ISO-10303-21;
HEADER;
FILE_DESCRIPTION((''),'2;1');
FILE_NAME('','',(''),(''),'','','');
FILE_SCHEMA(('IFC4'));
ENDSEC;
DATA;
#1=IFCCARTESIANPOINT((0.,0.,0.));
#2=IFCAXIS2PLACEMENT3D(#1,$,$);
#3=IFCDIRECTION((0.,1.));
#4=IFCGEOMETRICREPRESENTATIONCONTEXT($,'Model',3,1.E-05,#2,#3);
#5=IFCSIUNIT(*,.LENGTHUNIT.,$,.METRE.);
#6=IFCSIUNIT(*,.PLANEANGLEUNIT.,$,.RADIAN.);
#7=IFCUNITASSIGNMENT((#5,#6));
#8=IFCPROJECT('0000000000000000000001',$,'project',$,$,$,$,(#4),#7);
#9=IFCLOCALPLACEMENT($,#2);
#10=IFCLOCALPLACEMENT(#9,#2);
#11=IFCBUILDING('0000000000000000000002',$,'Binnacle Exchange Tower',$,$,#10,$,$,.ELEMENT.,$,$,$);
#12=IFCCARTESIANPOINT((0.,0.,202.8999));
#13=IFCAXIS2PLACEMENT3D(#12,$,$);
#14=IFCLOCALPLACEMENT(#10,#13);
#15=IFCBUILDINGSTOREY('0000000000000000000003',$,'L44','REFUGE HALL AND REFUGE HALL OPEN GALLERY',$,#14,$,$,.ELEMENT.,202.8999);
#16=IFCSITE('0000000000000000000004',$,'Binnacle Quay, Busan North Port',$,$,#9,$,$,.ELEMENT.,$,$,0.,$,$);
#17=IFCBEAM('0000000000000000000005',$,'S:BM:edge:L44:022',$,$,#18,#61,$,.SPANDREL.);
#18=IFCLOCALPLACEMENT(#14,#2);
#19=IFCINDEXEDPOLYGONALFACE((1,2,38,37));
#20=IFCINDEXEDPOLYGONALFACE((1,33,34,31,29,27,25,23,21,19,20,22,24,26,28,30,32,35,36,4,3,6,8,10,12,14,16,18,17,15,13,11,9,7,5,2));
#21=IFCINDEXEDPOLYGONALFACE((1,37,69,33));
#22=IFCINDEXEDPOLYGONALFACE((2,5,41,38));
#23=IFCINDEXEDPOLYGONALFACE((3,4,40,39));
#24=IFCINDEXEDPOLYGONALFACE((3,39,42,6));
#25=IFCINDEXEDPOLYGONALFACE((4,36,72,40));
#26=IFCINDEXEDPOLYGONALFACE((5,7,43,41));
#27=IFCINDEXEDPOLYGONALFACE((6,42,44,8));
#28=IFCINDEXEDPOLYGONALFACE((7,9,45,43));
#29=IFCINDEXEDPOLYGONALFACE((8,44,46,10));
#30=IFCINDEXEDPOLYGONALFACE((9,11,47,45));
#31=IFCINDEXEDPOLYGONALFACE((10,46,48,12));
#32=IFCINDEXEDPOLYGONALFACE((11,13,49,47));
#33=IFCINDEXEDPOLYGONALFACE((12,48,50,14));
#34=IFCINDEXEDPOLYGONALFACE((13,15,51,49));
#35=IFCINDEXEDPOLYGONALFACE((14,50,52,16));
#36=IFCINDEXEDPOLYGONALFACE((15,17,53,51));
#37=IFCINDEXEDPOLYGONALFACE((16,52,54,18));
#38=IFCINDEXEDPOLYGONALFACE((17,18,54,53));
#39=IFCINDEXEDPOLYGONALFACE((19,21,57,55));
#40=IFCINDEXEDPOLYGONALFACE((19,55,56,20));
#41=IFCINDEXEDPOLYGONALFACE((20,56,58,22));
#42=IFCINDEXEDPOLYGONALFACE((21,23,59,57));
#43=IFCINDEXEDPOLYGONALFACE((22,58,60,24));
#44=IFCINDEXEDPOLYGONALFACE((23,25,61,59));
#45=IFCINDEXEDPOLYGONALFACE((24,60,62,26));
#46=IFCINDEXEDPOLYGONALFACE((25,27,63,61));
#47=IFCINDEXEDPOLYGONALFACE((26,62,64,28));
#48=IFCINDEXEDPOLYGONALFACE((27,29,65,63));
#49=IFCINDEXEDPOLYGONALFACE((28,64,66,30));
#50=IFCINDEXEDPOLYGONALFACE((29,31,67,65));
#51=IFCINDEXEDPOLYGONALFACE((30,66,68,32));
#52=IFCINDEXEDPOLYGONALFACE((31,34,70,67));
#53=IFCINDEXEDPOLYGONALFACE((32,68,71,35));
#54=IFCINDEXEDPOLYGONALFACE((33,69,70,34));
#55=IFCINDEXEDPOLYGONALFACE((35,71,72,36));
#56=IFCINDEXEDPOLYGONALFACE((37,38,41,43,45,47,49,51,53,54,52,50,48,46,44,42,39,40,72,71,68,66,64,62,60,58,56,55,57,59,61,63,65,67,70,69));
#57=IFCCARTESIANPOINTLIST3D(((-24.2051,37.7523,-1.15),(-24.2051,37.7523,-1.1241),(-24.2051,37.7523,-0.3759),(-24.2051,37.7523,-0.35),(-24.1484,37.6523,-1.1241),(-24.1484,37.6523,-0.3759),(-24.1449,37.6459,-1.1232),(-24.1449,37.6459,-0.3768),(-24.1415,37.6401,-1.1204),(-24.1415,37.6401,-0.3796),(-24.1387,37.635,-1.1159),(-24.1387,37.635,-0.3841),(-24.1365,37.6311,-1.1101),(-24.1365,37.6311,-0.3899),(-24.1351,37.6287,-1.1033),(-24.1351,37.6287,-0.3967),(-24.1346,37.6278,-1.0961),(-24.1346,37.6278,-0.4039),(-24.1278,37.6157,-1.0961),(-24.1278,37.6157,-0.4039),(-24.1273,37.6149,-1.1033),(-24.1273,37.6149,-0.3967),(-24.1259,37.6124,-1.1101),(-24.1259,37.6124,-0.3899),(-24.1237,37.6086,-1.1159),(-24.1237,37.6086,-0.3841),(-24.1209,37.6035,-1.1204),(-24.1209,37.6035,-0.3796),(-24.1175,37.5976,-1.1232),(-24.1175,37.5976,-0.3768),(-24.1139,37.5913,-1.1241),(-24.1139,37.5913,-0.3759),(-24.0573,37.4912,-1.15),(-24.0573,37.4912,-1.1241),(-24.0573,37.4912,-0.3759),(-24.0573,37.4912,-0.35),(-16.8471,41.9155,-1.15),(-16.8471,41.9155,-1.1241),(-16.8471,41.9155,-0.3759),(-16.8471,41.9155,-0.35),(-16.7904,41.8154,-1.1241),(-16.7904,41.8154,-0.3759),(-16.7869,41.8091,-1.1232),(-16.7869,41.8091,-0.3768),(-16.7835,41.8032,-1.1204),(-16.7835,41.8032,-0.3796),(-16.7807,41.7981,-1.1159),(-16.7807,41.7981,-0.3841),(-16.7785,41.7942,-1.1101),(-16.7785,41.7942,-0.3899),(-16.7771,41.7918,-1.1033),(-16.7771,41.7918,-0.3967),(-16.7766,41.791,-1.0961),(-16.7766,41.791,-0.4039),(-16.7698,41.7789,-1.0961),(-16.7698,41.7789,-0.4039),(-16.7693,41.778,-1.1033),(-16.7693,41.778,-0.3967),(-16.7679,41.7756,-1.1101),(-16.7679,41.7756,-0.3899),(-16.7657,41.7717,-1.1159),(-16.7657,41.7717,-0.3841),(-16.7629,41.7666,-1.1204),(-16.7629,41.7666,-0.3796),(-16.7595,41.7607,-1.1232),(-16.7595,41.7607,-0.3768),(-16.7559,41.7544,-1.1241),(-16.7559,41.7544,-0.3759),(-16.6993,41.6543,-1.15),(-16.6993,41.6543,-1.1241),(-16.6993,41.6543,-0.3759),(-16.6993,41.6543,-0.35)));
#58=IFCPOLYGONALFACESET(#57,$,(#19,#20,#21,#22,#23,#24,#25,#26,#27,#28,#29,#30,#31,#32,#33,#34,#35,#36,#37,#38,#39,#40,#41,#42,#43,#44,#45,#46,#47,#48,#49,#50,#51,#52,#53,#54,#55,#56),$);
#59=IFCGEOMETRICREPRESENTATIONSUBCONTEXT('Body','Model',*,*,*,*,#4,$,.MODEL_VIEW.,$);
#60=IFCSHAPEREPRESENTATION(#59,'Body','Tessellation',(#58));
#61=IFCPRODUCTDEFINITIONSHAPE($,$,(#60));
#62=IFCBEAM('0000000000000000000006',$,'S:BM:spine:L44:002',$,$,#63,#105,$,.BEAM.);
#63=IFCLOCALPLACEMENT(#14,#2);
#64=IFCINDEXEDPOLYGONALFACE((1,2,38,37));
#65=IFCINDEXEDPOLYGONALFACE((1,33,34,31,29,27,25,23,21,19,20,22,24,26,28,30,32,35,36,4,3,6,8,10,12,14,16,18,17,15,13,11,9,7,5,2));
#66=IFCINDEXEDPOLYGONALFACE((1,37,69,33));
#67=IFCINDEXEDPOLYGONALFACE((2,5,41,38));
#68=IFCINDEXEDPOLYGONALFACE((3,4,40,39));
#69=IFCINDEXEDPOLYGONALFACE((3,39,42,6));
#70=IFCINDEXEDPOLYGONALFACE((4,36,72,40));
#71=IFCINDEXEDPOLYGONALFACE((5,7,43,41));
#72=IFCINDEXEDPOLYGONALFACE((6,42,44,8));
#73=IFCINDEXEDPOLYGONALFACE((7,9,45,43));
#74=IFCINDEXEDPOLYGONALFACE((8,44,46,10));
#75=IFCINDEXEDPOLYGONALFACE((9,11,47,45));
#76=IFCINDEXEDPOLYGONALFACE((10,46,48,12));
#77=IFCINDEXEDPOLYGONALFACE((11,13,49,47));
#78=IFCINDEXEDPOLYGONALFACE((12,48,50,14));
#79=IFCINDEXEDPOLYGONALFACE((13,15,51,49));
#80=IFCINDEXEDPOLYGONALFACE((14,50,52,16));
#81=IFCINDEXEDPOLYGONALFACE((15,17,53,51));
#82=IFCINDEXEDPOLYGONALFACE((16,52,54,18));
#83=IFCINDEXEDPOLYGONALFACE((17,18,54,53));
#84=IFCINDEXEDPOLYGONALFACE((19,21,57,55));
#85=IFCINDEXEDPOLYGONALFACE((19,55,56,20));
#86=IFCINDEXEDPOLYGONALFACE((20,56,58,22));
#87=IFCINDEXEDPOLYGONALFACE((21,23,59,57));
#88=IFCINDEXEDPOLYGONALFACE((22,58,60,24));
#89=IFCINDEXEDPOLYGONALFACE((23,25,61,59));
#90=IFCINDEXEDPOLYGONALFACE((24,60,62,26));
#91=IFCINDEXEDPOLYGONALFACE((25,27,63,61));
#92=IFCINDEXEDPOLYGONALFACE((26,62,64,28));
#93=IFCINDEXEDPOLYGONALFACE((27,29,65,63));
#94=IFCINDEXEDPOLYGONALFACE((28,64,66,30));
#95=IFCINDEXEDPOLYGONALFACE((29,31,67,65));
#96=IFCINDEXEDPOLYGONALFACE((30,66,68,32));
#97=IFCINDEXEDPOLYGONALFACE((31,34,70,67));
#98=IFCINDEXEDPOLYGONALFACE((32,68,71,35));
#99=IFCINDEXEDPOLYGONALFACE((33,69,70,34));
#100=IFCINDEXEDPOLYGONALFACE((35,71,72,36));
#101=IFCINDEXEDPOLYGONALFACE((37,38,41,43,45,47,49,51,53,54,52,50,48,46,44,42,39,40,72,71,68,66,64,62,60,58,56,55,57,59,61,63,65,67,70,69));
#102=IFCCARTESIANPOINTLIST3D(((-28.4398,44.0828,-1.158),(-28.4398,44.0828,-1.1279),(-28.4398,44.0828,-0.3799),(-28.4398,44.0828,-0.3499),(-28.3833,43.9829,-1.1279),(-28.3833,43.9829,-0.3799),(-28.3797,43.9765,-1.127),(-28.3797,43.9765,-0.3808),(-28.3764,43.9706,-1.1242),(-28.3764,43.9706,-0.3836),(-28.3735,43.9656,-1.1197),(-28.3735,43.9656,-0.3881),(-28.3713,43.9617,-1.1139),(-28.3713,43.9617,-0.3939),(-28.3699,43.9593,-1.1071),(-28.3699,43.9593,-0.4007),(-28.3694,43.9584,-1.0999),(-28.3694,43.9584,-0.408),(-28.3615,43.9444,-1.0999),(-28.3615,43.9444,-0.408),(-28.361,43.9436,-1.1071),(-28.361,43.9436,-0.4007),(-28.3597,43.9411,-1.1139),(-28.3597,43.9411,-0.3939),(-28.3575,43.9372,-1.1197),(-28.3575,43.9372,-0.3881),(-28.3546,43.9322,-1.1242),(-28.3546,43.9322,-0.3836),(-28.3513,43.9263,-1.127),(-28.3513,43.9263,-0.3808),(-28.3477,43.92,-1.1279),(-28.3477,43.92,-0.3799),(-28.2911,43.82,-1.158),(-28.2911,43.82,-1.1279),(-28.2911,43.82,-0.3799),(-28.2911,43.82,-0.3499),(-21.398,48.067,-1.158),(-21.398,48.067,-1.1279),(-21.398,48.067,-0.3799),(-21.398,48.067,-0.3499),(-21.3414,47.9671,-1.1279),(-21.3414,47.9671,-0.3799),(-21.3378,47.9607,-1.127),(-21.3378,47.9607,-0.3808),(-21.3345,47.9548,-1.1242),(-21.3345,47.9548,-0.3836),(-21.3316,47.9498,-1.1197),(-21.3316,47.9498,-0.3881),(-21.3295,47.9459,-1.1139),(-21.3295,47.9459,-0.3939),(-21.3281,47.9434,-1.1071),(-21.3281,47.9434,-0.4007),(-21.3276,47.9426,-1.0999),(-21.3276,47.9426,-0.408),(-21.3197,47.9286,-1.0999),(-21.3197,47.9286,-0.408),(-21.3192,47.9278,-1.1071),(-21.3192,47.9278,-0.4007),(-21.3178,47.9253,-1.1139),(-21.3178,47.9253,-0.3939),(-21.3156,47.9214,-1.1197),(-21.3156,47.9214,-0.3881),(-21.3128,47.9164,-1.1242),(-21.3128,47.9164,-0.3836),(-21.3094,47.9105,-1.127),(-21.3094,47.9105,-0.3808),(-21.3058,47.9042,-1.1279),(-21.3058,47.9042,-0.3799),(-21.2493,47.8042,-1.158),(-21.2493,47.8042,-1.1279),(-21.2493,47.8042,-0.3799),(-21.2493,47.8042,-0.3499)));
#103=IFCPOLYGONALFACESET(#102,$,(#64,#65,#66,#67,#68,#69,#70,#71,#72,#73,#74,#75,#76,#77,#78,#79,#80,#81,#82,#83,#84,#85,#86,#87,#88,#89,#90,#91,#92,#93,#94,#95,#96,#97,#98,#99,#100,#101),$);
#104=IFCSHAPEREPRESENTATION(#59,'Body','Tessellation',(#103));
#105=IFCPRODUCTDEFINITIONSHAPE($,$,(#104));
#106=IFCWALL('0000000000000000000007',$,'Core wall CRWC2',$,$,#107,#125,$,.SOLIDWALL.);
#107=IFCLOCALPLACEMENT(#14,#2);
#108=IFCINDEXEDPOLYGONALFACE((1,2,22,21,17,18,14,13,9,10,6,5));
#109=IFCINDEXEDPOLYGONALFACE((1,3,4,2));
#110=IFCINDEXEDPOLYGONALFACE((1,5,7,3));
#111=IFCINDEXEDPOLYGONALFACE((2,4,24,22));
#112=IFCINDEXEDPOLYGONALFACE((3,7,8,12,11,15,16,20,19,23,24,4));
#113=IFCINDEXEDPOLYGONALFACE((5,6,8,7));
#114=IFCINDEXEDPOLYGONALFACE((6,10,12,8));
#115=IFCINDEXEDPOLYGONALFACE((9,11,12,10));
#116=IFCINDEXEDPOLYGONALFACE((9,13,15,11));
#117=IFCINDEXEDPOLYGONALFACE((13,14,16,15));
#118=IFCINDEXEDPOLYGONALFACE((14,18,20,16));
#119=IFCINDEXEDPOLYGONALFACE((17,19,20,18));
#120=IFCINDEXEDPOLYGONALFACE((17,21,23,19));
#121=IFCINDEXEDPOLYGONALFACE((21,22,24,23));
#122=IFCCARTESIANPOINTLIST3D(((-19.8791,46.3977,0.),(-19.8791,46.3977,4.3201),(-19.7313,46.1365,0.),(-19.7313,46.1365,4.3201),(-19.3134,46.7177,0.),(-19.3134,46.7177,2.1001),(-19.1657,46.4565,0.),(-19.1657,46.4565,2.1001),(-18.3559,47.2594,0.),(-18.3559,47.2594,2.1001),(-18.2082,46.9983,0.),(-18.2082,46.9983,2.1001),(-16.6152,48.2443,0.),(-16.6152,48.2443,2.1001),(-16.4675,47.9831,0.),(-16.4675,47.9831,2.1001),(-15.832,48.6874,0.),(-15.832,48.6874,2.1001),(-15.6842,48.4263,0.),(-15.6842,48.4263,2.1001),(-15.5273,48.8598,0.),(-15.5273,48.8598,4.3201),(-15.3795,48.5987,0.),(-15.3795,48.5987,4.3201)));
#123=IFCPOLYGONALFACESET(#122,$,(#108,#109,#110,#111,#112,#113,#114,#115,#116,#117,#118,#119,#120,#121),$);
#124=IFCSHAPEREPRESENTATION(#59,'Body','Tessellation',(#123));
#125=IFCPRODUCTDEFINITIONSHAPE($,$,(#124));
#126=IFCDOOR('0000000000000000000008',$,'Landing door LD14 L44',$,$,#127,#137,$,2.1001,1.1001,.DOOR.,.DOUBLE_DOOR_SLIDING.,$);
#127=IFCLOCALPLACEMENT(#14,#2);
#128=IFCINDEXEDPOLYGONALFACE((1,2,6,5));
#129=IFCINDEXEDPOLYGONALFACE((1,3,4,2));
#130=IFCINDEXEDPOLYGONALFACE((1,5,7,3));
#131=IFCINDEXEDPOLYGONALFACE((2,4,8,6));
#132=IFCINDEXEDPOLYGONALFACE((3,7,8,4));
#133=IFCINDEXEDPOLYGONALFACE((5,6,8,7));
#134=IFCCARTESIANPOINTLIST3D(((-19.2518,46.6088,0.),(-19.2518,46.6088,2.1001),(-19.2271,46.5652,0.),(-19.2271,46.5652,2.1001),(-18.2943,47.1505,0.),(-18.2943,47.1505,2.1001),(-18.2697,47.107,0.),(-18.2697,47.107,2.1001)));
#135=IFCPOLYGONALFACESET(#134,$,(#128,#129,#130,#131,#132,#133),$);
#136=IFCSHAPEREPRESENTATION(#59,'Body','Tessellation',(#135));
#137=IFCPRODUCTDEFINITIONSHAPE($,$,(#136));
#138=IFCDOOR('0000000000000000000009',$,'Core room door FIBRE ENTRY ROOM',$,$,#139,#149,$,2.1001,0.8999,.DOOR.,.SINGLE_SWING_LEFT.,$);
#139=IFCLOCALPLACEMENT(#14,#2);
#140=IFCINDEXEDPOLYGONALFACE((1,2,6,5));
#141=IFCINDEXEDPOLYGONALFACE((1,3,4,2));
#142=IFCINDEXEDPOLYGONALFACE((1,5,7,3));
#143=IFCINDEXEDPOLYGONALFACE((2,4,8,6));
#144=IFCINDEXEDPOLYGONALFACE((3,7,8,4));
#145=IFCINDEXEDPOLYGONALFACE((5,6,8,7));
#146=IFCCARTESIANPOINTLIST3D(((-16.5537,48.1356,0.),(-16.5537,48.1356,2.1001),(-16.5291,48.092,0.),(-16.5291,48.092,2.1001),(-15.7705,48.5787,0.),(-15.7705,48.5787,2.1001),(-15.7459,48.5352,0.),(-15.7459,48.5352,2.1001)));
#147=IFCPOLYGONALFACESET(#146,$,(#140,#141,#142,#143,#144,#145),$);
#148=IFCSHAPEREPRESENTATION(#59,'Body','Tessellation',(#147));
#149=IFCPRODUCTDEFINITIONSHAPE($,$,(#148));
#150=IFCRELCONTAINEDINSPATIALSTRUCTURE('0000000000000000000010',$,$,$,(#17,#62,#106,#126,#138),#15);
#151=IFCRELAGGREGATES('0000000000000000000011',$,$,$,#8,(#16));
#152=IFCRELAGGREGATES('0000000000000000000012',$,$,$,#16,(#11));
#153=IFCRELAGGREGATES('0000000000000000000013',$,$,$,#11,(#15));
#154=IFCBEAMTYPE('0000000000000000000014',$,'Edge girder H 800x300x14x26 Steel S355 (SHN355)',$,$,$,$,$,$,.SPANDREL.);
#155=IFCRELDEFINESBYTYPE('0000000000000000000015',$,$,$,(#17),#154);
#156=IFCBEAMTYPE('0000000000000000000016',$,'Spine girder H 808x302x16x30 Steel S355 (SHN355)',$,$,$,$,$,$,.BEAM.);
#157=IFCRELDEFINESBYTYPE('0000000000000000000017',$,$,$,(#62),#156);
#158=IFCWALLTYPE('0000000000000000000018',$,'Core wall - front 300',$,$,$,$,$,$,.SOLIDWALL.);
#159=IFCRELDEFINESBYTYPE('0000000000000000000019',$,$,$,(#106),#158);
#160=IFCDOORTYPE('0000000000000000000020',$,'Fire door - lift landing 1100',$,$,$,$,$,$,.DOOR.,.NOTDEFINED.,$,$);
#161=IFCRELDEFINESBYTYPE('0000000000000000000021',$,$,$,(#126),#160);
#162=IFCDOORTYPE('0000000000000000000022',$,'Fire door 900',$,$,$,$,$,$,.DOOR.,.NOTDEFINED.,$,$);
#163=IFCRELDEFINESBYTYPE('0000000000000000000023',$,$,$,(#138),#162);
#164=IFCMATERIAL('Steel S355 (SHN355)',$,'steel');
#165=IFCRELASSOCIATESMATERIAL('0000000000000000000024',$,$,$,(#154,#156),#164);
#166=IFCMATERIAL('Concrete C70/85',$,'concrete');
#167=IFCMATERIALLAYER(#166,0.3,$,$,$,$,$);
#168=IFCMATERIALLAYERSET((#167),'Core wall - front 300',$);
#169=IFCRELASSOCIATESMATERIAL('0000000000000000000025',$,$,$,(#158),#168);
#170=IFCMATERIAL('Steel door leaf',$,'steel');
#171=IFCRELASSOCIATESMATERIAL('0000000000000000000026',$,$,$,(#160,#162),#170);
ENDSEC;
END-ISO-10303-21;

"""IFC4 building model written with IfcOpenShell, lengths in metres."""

from ifc_helpers import new_model, si_unit, direction, frame, frame_2d, origin, origin_2d, place, context, subcontext, project, spatial, rectangle, i_section, extrude, material, layer, layer_set, material_profile, profile_set, type_object, element, fill, save


model = new_model("IFC4")

# Units and contexts
model_context = context("Model", 3, precision=1e-05, world=origin(), true_north=direction((0.0, 1.0)))
body_context = subcontext(model_context, "Body", "Model", "MODEL_VIEW")
ifc_project = project(units=[si_unit("LENGTHUNIT", "METRE"), si_unit("PLANEANGLEUNIT", "RADIAN")], contexts=[model_context])

# Site, building, storey
site_placement = place(None, origin())
site = spatial("IfcSite", under=ifc_project, at=site_placement, Name="Binnacle Quay, Busan North Port", CompositionType="ELEMENT", RefElevation=0.0)
building_placement = place(site_placement, origin())
building = spatial("IfcBuilding", under=site, at=building_placement, Name="Binnacle Exchange Tower", CompositionType="ELEMENT")
storey_placement = place(building_placement, frame((0.0, 0.0, 202.8999)))
storey = spatial("IfcBuildingStorey", under=building, at=storey_placement, Name="L44", Description="REFUGE HALL AND REFUGE HALL OPEN GALLERY", CompositionType="ELEMENT", Elevation=202.8999)

# Beams
ifc_material_1 = material(Name="Steel S355 (SHN355)", Category="steel")
ifc_material_profile_1 = material_profile(ifc_material_1, i_section(OverallWidth=0.3, OverallDepth=0.8, WebThickness=0.0139, FlangeThickness=0.0259, FilletRadius=0.0281, at=origin_2d()), Name="H 800x300x14x26")
ifc_profile_set_1 = profile_set([ifc_material_profile_1], Name="Steel S355 (SHN355)")
beam_type_1 = type_object("IfcBeamType", Name="Edge girder H 800x300x14x26 Steel S355 (SHN355)", PredefinedType="SPANDREL", material=ifc_profile_set_1)
beam_1_placement = place(storey_placement, frame((-16.7732, 41.7849, -0.75), z_axis=(-0.870347, -0.49244, 0.0), x_axis=(0.49244, -0.870347, 0.0)))
element("IfcBeam", 1, at=beam_1_placement, inside=storey, type_object=beam_type_1, Name="S:BM:edge:L44:022", PredefinedType="SPANDREL", context=body_context, shape_type="SweptSolid", body=[
    extrude(i_section(OverallWidth=0.3, OverallDepth=0.8, WebThickness=0.0139, FlangeThickness=0.0259, FilletRadius=0.0281, at=origin_2d()), origin(), (0.0, 0.0, 1.0), 8.4541),
])
ifc_material_profile_2 = material_profile(ifc_material_1, i_section(OverallWidth=0.302, OverallDepth=0.8081, WebThickness=0.0161, FlangeThickness=0.03, FilletRadius=0.0281, at=origin_2d()), Name="H 808x302x16x30")
ifc_profile_set_2 = profile_set([ifc_material_profile_2], Name="Steel S355 (SHN355)")
beam_type_2 = type_object("IfcBeamType", Name="Spine girder H 808x302x16x30 Steel S355 (SHN355)", PredefinedType="BEAM", material=ifc_profile_set_2)
beam_2_placement = place(storey_placement, frame((-28.3655, 43.9514, -0.7539), z_axis=(0.87035, 0.492433, 0.0), x_axis=(-0.492433, 0.87035, 0.0)))
element("IfcBeam", 2, at=beam_2_placement, inside=storey, type_object=beam_type_2, Name="S:BM:spine:L44:002", PredefinedType="BEAM", context=body_context, shape_type="SweptSolid", body=[
    extrude(i_section(OverallWidth=0.302, OverallDepth=0.8081, WebThickness=0.0161, FlangeThickness=0.03, FilletRadius=0.0281, at=origin_2d()), origin(), (0.0, 0.0, 1.0), 8.0908),
])

# Wall, openings, doors
ifc_material_2 = material(Name="Concrete C70/85", Category="concrete")
ifc_layer_1 = layer(ifc_material_2, 0.3)
ifc_layer_set_1 = layer_set([ifc_layer_1], Name="Core wall - front 300")
wall_type_1 = type_object("IfcWallType", Name="Core wall - front 300", PredefinedType="SOLIDWALL", material=ifc_layer_set_1)
wall_1_placement = place(storey_placement, frame((-19.8052, 46.2671, 0.0), z_axis=(0.0, 0.0, 1.0), x_axis=(0.870354, 0.492427, 0.0)))
wall_1 = element("IfcWall", 3, at=wall_1_placement, inside=storey, type_object=wall_type_1, Name="Core wall CRWC2", PredefinedType="SOLIDWALL", context=body_context, shape_type="SweptSolid", body=[
    extrude(rectangle(XDim=5.0, YDim=0.3, at=frame_2d((2.5, 0.0))), origin(), (0.0, 0.0, 1.0), 4.3201),
])
opening_1_placement = place(wall_1_placement, frame((0.6499, 0.0, 0.0)))
opening_1 = element("IfcOpeningElement", 4, at=opening_1_placement, cuts=wall_1, PredefinedType="OPENING", context=body_context, shape_type="SweptSolid", body=[
    extrude(rectangle(XDim=1.1001, YDim=2.1001, at=frame_2d((0.55, 1.05))), frame((0.0, 0.1599, 0.0), z_axis=(0.0, -1.0, 0.0), x_axis=(1.0, 0.0, 0.0)), (0.0, 0.0, 1.0), 0.3201),
])
opening_2_placement = place(wall_1_placement, frame((3.75, 0.0, 0.0)))
opening_2 = element("IfcOpeningElement", 5, at=opening_2_placement, cuts=wall_1, PredefinedType="OPENING", context=body_context, shape_type="SweptSolid", body=[
    extrude(rectangle(XDim=0.8999, YDim=2.1001, at=frame_2d((0.45, 1.05))), frame((0.0, 0.1599, 0.0), z_axis=(0.0, -1.0, 0.0), x_axis=(1.0, 0.0, 0.0)), (0.0, 0.0, 1.0), 0.3201),
])
ifc_material_3 = material(Name="Steel door leaf", Category="steel")
door_type_1 = type_object("IfcDoorType", Name="Fire door - lift landing 1100", OperationType="NOTDEFINED", PredefinedType="DOOR", material=ifc_material_3)
door_1_placement = place(opening_1_placement, origin())
door_1 = element("IfcDoor", 6, at=door_1_placement, inside=storey, type_object=door_type_1, Name="Landing door LD14 L44", OperationType="DOUBLE_DOOR_SLIDING", OverallHeight=2.1001, OverallWidth=1.1001, PredefinedType="DOOR", context=body_context, shape_type="SweptSolid", body=[
    extrude(rectangle(XDim=1.1001, YDim=2.1001, at=frame_2d((0.55, 1.05))), frame((0.0, 0.0249, 0.0), z_axis=(0.0, -1.0, 0.0), x_axis=(1.0, 0.0, 0.0)), (0.0, 0.0, 1.0), 0.05),
])
fill(opening_1, door_1)
door_type_2 = type_object("IfcDoorType", Name="Fire door 900", OperationType="NOTDEFINED", PredefinedType="DOOR", material=ifc_material_3)
door_2_placement = place(opening_2_placement, frame((0.8999, 0.0, 0.0), z_axis=(0.0, 0.0, 1.0), x_axis=(-1.0, 0.0, 0.0)))
door_2 = element("IfcDoor", 7, at=door_2_placement, inside=storey, type_object=door_type_2, Name="Core room door FIBRE ENTRY ROOM", OperationType="SINGLE_SWING_LEFT", OverallHeight=2.1001, OverallWidth=0.8999, PredefinedType="DOOR", context=body_context, shape_type="SweptSolid", body=[
    extrude(rectangle(XDim=0.8999, YDim=2.1001, at=frame_2d((0.45, 1.05))), frame((0.0, 0.0249, 0.0), z_axis=(0.0, -1.0, 0.0), x_axis=(1.0, 0.0, 0.0)), (0.0, 0.0, 1.0), 0.05),
])
fill(opening_2, door_2)

save(model, "model.ifc")
